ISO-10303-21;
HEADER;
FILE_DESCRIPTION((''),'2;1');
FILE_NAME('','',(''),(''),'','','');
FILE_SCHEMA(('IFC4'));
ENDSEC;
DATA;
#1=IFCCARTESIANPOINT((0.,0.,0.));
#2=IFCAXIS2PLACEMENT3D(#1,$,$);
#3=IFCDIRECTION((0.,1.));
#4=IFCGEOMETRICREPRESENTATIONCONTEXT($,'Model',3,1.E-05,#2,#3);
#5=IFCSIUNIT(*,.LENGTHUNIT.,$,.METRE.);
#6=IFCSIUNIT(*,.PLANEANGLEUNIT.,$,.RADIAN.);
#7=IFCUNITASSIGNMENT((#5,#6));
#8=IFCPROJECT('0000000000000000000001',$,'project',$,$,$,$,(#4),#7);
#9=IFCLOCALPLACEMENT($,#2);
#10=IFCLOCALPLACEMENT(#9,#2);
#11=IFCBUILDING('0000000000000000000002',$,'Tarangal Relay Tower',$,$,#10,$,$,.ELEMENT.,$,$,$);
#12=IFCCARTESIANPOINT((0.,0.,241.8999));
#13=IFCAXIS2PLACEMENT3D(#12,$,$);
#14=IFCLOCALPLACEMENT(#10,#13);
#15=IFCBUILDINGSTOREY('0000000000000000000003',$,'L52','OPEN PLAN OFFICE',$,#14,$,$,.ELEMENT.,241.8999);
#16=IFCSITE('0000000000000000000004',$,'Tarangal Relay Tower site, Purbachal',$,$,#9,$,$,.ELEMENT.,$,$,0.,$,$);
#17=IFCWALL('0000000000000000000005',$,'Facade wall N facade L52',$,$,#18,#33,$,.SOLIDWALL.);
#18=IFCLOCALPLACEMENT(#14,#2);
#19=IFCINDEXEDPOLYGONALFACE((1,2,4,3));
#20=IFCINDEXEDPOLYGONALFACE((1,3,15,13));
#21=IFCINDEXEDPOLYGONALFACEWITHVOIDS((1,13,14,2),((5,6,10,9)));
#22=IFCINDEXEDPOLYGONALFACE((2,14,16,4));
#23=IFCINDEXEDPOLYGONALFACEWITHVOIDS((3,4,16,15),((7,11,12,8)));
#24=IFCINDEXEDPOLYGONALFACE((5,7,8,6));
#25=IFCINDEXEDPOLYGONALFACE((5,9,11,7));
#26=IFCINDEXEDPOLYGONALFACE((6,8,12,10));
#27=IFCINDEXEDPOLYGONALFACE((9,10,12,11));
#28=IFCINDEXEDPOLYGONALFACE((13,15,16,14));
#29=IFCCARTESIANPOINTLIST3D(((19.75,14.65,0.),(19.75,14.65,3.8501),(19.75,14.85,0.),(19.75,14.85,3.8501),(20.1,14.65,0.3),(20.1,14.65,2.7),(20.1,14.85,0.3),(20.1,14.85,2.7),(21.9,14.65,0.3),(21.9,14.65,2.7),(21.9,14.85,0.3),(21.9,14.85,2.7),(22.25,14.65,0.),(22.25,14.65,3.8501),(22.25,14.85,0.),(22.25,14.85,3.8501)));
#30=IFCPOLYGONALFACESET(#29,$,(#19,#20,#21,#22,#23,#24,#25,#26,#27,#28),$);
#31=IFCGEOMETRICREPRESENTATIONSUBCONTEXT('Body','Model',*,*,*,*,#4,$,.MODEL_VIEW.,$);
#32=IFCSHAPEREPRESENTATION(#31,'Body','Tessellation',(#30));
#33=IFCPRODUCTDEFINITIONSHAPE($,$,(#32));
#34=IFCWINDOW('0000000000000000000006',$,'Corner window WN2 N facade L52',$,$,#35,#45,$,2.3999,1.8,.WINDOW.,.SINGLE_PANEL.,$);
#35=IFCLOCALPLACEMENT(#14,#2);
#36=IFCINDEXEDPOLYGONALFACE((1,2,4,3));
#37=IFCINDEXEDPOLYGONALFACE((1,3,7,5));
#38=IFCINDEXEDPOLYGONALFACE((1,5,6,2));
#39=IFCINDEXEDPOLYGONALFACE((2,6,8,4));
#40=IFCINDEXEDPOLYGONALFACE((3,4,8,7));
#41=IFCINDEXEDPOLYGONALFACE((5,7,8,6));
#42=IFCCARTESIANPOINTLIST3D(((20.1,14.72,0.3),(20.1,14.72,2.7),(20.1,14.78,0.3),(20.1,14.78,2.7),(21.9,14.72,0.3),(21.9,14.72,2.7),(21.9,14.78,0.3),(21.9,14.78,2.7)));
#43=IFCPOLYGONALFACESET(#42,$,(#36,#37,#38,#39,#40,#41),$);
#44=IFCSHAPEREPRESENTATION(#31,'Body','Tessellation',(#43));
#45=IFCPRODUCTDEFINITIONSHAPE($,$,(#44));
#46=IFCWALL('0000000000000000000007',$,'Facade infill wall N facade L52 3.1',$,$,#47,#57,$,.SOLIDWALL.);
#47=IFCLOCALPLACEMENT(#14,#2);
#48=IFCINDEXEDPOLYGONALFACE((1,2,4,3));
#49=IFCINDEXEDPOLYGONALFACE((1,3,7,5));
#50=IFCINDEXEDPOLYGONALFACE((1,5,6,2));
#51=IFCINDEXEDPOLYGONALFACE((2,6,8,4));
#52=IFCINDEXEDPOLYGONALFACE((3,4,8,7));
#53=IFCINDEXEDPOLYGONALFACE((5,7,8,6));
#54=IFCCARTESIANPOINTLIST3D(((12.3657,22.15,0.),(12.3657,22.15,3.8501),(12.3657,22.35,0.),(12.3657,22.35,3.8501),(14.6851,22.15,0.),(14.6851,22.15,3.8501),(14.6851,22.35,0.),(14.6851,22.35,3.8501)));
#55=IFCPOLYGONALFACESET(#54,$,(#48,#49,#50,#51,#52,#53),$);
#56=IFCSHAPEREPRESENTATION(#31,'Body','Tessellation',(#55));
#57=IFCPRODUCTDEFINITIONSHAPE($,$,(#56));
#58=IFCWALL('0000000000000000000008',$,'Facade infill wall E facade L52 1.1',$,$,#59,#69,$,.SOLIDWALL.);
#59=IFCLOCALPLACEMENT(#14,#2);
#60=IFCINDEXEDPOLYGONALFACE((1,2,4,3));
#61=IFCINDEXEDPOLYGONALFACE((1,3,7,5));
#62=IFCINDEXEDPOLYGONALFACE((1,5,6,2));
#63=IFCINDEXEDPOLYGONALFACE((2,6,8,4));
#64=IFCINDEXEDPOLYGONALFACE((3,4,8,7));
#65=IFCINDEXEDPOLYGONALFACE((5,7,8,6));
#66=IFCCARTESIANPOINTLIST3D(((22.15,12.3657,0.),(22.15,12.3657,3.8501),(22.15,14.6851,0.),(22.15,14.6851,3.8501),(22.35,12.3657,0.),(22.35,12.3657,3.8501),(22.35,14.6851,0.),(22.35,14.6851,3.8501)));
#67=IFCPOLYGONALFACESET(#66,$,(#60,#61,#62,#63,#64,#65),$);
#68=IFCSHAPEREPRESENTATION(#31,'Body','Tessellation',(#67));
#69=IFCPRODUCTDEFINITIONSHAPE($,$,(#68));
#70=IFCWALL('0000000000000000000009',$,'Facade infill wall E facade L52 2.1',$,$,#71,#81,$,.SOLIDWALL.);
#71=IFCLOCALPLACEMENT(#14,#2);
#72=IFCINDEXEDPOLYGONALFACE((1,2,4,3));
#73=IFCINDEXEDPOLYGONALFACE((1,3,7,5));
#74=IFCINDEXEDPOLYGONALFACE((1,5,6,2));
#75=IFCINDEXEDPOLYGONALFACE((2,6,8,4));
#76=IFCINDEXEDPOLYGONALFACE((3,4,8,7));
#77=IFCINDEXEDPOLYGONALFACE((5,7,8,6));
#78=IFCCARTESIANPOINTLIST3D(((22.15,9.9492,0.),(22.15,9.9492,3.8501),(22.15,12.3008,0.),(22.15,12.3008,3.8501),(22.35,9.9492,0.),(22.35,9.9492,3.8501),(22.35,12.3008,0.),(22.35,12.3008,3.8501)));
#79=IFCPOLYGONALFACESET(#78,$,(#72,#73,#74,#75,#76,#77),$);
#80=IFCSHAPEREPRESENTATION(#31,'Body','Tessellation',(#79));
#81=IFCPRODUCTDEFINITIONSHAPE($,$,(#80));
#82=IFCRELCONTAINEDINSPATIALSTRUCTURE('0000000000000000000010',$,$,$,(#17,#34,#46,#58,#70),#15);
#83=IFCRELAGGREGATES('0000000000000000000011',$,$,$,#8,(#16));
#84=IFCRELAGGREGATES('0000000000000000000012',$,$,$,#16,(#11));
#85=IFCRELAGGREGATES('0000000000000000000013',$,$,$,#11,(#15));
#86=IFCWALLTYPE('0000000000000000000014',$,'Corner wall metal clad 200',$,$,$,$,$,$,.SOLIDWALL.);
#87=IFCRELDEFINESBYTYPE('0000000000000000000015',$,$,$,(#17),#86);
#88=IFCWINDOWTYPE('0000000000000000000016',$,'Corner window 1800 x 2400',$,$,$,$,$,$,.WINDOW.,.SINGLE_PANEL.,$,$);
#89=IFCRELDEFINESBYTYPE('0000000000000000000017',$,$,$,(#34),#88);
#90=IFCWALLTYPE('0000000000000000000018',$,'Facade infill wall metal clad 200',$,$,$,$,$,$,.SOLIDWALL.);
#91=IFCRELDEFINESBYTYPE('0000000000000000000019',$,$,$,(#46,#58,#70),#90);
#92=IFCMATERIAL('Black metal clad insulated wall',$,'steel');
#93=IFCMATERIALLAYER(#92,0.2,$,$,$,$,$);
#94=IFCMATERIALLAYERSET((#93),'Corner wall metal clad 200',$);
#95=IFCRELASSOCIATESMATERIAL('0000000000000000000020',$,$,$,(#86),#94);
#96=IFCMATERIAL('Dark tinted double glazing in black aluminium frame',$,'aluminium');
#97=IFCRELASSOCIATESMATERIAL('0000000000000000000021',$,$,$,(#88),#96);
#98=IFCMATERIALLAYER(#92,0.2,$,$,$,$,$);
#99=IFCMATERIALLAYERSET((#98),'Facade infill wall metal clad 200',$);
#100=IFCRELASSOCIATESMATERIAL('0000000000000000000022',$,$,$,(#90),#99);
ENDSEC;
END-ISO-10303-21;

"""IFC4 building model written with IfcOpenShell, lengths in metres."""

from ifc_helpers import new_model, si_unit, direction, frame, frame_2d, origin, place, context, subcontext, project, spatial, rectangle, extrude, material, layer, layer_set, type_object, element, fill, save


model = new_model("IFC4")

# Units and contexts
model_context = context("Model", 3, precision=1e-05, world=origin(), true_north=direction((0.0, 1.0)))
body_context = subcontext(model_context, "Body", "Model", "MODEL_VIEW")
ifc_project = project(units=[si_unit("LENGTHUNIT", "METRE"), si_unit("PLANEANGLEUNIT", "RADIAN")], contexts=[model_context])

# Site, building, storey
site_placement = place(None, origin())
site = spatial("IfcSite", under=ifc_project, at=site_placement, Name="Tarangal Relay Tower site, Purbachal", CompositionType="ELEMENT", RefElevation=0.0)
building_placement = place(site_placement, origin())
building = spatial("IfcBuilding", under=site, at=building_placement, Name="Tarangal Relay Tower", CompositionType="ELEMENT")
storey_placement = place(building_placement, frame((0.0, 0.0, 241.8999)))
storey = spatial("IfcBuildingStorey", under=building, at=storey_placement, Name="L52", Description="OPEN PLAN OFFICE", CompositionType="ELEMENT", Elevation=241.8999)

# Shared definitions
ifc_material_1 = material(Name="Black metal clad insulated wall", Category="steel")
ifc_layer_1 = layer(ifc_material_1, 0.2)
ifc_layer_set_1 = layer_set([ifc_layer_1], Name="Corner wall metal clad 200")
wall_type_1 = type_object("IfcWallType", Name="Corner wall metal clad 200", PredefinedType="SOLIDWALL", material=ifc_layer_set_1)

# Shared definitions
ifc_material_2 = material(Name="Dark tinted double glazing in black aluminium frame", Category="aluminium")
window_type = type_object("IfcWindowType", Name="Corner window 1800 x 2400", PartitioningType="SINGLE_PANEL", PredefinedType="WINDOW", material=ifc_material_2)

# Wall, opening, window
wall_1_placement = place(storey_placement, frame((19.75, 14.75, 0.0), z_axis=(0.0, 0.0, 1.0), x_axis=(1.0, 0.0, 0.0)))
wall_1 = element("IfcWall", 1, at=wall_1_placement, inside=storey, type_object=wall_type_1, Name="Facade wall N facade L52", PredefinedType="SOLIDWALL", context=body_context, shape_type="SweptSolid", body=[
    extrude(rectangle(XDim=2.5, YDim=0.2, at=frame_2d((1.25, 0.0))), origin(), (0.0, 0.0, 1.0), 3.8501),
])
opening_1_placement = place(wall_1_placement, frame((0.3501, 0.0, 0.3)))
opening_1 = element("IfcOpeningElement", 2, at=opening_1_placement, cuts=wall_1, PredefinedType="OPENING", context=body_context, shape_type="SweptSolid", body=[
    extrude(rectangle(XDim=1.8, YDim=2.3999, at=frame_2d((0.8999, 1.2))), frame((0.0, 0.1099, 0.0), z_axis=(0.0, -1.0, 0.0), x_axis=(1.0, 0.0, 0.0)), (0.0, 0.0, 1.0), 0.22),
])
window_1_placement = place(opening_1_placement, origin())
window_1 = element("IfcWindow", 3, at=window_1_placement, inside=storey, type_object=window_type, Name="Corner window WN2 N facade L52", OverallHeight=2.3999, OverallWidth=1.8, PartitioningType="SINGLE_PANEL", PredefinedType="WINDOW", context=body_context, shape_type="SweptSolid", body=[
    extrude(rectangle(XDim=1.8, YDim=2.3999, at=frame_2d((0.8999, 1.2))), frame((0.0, 0.03, 0.0), z_axis=(0.0, -1.0, 0.0), x_axis=(1.0, 0.0, 0.0)), (0.0, 0.0, 1.0), 0.0601),
])
fill(opening_1, window_1)

# Walls
ifc_layer_2 = layer(ifc_material_1, 0.2)
ifc_layer_set_2 = layer_set([ifc_layer_2], Name="Facade infill wall metal clad 200")
wall_type_2 = type_object("IfcWallType", Name="Facade infill wall metal clad 200", PredefinedType="SOLIDWALL", material=ifc_layer_set_2)
for number, where, z_axis, x_axis, name in (
    (4, (12.3657, 22.25, 0.0), (0.0, 0.0, 1.0), (1.0, 0.0, 0.0), "Facade infill wall N facade L52 3.1"),
    (5, (22.25, 14.6851, 0.0), (0.0, 0.0, 1.0), (0.0, -1.0, 0.0), "Facade infill wall E facade L52 1.1"),
):
    element("IfcWall", number, at=place(storey_placement, frame(where, z_axis=z_axis, x_axis=x_axis)), inside=storey, type_object=wall_type_2, Name=name, PredefinedType="SOLIDWALL", context=body_context, shape_type="SweptSolid", body=[
        extrude(rectangle(XDim=2.3193, YDim=0.2, at=frame_2d((1.1597, 0.0))), origin(), (0.0, 0.0, 1.0), 3.8501),
    ])
wall_2_placement = place(storey_placement, frame((22.25, 12.3008, 0.0), z_axis=(0.0, 0.0, 1.0), x_axis=(0.0, -1.0, 0.0)))
element("IfcWall", 6, at=wall_2_placement, inside=storey, type_object=wall_type_2, Name="Facade infill wall E facade L52 2.1", PredefinedType="SOLIDWALL", context=body_context, shape_type="SweptSolid", body=[
    extrude(rectangle(XDim=2.3516, YDim=0.2, at=frame_2d((1.1758, 0.0))), origin(), (0.0, 0.0, 1.0), 3.8501),
])

save(model, "model.ifc")
